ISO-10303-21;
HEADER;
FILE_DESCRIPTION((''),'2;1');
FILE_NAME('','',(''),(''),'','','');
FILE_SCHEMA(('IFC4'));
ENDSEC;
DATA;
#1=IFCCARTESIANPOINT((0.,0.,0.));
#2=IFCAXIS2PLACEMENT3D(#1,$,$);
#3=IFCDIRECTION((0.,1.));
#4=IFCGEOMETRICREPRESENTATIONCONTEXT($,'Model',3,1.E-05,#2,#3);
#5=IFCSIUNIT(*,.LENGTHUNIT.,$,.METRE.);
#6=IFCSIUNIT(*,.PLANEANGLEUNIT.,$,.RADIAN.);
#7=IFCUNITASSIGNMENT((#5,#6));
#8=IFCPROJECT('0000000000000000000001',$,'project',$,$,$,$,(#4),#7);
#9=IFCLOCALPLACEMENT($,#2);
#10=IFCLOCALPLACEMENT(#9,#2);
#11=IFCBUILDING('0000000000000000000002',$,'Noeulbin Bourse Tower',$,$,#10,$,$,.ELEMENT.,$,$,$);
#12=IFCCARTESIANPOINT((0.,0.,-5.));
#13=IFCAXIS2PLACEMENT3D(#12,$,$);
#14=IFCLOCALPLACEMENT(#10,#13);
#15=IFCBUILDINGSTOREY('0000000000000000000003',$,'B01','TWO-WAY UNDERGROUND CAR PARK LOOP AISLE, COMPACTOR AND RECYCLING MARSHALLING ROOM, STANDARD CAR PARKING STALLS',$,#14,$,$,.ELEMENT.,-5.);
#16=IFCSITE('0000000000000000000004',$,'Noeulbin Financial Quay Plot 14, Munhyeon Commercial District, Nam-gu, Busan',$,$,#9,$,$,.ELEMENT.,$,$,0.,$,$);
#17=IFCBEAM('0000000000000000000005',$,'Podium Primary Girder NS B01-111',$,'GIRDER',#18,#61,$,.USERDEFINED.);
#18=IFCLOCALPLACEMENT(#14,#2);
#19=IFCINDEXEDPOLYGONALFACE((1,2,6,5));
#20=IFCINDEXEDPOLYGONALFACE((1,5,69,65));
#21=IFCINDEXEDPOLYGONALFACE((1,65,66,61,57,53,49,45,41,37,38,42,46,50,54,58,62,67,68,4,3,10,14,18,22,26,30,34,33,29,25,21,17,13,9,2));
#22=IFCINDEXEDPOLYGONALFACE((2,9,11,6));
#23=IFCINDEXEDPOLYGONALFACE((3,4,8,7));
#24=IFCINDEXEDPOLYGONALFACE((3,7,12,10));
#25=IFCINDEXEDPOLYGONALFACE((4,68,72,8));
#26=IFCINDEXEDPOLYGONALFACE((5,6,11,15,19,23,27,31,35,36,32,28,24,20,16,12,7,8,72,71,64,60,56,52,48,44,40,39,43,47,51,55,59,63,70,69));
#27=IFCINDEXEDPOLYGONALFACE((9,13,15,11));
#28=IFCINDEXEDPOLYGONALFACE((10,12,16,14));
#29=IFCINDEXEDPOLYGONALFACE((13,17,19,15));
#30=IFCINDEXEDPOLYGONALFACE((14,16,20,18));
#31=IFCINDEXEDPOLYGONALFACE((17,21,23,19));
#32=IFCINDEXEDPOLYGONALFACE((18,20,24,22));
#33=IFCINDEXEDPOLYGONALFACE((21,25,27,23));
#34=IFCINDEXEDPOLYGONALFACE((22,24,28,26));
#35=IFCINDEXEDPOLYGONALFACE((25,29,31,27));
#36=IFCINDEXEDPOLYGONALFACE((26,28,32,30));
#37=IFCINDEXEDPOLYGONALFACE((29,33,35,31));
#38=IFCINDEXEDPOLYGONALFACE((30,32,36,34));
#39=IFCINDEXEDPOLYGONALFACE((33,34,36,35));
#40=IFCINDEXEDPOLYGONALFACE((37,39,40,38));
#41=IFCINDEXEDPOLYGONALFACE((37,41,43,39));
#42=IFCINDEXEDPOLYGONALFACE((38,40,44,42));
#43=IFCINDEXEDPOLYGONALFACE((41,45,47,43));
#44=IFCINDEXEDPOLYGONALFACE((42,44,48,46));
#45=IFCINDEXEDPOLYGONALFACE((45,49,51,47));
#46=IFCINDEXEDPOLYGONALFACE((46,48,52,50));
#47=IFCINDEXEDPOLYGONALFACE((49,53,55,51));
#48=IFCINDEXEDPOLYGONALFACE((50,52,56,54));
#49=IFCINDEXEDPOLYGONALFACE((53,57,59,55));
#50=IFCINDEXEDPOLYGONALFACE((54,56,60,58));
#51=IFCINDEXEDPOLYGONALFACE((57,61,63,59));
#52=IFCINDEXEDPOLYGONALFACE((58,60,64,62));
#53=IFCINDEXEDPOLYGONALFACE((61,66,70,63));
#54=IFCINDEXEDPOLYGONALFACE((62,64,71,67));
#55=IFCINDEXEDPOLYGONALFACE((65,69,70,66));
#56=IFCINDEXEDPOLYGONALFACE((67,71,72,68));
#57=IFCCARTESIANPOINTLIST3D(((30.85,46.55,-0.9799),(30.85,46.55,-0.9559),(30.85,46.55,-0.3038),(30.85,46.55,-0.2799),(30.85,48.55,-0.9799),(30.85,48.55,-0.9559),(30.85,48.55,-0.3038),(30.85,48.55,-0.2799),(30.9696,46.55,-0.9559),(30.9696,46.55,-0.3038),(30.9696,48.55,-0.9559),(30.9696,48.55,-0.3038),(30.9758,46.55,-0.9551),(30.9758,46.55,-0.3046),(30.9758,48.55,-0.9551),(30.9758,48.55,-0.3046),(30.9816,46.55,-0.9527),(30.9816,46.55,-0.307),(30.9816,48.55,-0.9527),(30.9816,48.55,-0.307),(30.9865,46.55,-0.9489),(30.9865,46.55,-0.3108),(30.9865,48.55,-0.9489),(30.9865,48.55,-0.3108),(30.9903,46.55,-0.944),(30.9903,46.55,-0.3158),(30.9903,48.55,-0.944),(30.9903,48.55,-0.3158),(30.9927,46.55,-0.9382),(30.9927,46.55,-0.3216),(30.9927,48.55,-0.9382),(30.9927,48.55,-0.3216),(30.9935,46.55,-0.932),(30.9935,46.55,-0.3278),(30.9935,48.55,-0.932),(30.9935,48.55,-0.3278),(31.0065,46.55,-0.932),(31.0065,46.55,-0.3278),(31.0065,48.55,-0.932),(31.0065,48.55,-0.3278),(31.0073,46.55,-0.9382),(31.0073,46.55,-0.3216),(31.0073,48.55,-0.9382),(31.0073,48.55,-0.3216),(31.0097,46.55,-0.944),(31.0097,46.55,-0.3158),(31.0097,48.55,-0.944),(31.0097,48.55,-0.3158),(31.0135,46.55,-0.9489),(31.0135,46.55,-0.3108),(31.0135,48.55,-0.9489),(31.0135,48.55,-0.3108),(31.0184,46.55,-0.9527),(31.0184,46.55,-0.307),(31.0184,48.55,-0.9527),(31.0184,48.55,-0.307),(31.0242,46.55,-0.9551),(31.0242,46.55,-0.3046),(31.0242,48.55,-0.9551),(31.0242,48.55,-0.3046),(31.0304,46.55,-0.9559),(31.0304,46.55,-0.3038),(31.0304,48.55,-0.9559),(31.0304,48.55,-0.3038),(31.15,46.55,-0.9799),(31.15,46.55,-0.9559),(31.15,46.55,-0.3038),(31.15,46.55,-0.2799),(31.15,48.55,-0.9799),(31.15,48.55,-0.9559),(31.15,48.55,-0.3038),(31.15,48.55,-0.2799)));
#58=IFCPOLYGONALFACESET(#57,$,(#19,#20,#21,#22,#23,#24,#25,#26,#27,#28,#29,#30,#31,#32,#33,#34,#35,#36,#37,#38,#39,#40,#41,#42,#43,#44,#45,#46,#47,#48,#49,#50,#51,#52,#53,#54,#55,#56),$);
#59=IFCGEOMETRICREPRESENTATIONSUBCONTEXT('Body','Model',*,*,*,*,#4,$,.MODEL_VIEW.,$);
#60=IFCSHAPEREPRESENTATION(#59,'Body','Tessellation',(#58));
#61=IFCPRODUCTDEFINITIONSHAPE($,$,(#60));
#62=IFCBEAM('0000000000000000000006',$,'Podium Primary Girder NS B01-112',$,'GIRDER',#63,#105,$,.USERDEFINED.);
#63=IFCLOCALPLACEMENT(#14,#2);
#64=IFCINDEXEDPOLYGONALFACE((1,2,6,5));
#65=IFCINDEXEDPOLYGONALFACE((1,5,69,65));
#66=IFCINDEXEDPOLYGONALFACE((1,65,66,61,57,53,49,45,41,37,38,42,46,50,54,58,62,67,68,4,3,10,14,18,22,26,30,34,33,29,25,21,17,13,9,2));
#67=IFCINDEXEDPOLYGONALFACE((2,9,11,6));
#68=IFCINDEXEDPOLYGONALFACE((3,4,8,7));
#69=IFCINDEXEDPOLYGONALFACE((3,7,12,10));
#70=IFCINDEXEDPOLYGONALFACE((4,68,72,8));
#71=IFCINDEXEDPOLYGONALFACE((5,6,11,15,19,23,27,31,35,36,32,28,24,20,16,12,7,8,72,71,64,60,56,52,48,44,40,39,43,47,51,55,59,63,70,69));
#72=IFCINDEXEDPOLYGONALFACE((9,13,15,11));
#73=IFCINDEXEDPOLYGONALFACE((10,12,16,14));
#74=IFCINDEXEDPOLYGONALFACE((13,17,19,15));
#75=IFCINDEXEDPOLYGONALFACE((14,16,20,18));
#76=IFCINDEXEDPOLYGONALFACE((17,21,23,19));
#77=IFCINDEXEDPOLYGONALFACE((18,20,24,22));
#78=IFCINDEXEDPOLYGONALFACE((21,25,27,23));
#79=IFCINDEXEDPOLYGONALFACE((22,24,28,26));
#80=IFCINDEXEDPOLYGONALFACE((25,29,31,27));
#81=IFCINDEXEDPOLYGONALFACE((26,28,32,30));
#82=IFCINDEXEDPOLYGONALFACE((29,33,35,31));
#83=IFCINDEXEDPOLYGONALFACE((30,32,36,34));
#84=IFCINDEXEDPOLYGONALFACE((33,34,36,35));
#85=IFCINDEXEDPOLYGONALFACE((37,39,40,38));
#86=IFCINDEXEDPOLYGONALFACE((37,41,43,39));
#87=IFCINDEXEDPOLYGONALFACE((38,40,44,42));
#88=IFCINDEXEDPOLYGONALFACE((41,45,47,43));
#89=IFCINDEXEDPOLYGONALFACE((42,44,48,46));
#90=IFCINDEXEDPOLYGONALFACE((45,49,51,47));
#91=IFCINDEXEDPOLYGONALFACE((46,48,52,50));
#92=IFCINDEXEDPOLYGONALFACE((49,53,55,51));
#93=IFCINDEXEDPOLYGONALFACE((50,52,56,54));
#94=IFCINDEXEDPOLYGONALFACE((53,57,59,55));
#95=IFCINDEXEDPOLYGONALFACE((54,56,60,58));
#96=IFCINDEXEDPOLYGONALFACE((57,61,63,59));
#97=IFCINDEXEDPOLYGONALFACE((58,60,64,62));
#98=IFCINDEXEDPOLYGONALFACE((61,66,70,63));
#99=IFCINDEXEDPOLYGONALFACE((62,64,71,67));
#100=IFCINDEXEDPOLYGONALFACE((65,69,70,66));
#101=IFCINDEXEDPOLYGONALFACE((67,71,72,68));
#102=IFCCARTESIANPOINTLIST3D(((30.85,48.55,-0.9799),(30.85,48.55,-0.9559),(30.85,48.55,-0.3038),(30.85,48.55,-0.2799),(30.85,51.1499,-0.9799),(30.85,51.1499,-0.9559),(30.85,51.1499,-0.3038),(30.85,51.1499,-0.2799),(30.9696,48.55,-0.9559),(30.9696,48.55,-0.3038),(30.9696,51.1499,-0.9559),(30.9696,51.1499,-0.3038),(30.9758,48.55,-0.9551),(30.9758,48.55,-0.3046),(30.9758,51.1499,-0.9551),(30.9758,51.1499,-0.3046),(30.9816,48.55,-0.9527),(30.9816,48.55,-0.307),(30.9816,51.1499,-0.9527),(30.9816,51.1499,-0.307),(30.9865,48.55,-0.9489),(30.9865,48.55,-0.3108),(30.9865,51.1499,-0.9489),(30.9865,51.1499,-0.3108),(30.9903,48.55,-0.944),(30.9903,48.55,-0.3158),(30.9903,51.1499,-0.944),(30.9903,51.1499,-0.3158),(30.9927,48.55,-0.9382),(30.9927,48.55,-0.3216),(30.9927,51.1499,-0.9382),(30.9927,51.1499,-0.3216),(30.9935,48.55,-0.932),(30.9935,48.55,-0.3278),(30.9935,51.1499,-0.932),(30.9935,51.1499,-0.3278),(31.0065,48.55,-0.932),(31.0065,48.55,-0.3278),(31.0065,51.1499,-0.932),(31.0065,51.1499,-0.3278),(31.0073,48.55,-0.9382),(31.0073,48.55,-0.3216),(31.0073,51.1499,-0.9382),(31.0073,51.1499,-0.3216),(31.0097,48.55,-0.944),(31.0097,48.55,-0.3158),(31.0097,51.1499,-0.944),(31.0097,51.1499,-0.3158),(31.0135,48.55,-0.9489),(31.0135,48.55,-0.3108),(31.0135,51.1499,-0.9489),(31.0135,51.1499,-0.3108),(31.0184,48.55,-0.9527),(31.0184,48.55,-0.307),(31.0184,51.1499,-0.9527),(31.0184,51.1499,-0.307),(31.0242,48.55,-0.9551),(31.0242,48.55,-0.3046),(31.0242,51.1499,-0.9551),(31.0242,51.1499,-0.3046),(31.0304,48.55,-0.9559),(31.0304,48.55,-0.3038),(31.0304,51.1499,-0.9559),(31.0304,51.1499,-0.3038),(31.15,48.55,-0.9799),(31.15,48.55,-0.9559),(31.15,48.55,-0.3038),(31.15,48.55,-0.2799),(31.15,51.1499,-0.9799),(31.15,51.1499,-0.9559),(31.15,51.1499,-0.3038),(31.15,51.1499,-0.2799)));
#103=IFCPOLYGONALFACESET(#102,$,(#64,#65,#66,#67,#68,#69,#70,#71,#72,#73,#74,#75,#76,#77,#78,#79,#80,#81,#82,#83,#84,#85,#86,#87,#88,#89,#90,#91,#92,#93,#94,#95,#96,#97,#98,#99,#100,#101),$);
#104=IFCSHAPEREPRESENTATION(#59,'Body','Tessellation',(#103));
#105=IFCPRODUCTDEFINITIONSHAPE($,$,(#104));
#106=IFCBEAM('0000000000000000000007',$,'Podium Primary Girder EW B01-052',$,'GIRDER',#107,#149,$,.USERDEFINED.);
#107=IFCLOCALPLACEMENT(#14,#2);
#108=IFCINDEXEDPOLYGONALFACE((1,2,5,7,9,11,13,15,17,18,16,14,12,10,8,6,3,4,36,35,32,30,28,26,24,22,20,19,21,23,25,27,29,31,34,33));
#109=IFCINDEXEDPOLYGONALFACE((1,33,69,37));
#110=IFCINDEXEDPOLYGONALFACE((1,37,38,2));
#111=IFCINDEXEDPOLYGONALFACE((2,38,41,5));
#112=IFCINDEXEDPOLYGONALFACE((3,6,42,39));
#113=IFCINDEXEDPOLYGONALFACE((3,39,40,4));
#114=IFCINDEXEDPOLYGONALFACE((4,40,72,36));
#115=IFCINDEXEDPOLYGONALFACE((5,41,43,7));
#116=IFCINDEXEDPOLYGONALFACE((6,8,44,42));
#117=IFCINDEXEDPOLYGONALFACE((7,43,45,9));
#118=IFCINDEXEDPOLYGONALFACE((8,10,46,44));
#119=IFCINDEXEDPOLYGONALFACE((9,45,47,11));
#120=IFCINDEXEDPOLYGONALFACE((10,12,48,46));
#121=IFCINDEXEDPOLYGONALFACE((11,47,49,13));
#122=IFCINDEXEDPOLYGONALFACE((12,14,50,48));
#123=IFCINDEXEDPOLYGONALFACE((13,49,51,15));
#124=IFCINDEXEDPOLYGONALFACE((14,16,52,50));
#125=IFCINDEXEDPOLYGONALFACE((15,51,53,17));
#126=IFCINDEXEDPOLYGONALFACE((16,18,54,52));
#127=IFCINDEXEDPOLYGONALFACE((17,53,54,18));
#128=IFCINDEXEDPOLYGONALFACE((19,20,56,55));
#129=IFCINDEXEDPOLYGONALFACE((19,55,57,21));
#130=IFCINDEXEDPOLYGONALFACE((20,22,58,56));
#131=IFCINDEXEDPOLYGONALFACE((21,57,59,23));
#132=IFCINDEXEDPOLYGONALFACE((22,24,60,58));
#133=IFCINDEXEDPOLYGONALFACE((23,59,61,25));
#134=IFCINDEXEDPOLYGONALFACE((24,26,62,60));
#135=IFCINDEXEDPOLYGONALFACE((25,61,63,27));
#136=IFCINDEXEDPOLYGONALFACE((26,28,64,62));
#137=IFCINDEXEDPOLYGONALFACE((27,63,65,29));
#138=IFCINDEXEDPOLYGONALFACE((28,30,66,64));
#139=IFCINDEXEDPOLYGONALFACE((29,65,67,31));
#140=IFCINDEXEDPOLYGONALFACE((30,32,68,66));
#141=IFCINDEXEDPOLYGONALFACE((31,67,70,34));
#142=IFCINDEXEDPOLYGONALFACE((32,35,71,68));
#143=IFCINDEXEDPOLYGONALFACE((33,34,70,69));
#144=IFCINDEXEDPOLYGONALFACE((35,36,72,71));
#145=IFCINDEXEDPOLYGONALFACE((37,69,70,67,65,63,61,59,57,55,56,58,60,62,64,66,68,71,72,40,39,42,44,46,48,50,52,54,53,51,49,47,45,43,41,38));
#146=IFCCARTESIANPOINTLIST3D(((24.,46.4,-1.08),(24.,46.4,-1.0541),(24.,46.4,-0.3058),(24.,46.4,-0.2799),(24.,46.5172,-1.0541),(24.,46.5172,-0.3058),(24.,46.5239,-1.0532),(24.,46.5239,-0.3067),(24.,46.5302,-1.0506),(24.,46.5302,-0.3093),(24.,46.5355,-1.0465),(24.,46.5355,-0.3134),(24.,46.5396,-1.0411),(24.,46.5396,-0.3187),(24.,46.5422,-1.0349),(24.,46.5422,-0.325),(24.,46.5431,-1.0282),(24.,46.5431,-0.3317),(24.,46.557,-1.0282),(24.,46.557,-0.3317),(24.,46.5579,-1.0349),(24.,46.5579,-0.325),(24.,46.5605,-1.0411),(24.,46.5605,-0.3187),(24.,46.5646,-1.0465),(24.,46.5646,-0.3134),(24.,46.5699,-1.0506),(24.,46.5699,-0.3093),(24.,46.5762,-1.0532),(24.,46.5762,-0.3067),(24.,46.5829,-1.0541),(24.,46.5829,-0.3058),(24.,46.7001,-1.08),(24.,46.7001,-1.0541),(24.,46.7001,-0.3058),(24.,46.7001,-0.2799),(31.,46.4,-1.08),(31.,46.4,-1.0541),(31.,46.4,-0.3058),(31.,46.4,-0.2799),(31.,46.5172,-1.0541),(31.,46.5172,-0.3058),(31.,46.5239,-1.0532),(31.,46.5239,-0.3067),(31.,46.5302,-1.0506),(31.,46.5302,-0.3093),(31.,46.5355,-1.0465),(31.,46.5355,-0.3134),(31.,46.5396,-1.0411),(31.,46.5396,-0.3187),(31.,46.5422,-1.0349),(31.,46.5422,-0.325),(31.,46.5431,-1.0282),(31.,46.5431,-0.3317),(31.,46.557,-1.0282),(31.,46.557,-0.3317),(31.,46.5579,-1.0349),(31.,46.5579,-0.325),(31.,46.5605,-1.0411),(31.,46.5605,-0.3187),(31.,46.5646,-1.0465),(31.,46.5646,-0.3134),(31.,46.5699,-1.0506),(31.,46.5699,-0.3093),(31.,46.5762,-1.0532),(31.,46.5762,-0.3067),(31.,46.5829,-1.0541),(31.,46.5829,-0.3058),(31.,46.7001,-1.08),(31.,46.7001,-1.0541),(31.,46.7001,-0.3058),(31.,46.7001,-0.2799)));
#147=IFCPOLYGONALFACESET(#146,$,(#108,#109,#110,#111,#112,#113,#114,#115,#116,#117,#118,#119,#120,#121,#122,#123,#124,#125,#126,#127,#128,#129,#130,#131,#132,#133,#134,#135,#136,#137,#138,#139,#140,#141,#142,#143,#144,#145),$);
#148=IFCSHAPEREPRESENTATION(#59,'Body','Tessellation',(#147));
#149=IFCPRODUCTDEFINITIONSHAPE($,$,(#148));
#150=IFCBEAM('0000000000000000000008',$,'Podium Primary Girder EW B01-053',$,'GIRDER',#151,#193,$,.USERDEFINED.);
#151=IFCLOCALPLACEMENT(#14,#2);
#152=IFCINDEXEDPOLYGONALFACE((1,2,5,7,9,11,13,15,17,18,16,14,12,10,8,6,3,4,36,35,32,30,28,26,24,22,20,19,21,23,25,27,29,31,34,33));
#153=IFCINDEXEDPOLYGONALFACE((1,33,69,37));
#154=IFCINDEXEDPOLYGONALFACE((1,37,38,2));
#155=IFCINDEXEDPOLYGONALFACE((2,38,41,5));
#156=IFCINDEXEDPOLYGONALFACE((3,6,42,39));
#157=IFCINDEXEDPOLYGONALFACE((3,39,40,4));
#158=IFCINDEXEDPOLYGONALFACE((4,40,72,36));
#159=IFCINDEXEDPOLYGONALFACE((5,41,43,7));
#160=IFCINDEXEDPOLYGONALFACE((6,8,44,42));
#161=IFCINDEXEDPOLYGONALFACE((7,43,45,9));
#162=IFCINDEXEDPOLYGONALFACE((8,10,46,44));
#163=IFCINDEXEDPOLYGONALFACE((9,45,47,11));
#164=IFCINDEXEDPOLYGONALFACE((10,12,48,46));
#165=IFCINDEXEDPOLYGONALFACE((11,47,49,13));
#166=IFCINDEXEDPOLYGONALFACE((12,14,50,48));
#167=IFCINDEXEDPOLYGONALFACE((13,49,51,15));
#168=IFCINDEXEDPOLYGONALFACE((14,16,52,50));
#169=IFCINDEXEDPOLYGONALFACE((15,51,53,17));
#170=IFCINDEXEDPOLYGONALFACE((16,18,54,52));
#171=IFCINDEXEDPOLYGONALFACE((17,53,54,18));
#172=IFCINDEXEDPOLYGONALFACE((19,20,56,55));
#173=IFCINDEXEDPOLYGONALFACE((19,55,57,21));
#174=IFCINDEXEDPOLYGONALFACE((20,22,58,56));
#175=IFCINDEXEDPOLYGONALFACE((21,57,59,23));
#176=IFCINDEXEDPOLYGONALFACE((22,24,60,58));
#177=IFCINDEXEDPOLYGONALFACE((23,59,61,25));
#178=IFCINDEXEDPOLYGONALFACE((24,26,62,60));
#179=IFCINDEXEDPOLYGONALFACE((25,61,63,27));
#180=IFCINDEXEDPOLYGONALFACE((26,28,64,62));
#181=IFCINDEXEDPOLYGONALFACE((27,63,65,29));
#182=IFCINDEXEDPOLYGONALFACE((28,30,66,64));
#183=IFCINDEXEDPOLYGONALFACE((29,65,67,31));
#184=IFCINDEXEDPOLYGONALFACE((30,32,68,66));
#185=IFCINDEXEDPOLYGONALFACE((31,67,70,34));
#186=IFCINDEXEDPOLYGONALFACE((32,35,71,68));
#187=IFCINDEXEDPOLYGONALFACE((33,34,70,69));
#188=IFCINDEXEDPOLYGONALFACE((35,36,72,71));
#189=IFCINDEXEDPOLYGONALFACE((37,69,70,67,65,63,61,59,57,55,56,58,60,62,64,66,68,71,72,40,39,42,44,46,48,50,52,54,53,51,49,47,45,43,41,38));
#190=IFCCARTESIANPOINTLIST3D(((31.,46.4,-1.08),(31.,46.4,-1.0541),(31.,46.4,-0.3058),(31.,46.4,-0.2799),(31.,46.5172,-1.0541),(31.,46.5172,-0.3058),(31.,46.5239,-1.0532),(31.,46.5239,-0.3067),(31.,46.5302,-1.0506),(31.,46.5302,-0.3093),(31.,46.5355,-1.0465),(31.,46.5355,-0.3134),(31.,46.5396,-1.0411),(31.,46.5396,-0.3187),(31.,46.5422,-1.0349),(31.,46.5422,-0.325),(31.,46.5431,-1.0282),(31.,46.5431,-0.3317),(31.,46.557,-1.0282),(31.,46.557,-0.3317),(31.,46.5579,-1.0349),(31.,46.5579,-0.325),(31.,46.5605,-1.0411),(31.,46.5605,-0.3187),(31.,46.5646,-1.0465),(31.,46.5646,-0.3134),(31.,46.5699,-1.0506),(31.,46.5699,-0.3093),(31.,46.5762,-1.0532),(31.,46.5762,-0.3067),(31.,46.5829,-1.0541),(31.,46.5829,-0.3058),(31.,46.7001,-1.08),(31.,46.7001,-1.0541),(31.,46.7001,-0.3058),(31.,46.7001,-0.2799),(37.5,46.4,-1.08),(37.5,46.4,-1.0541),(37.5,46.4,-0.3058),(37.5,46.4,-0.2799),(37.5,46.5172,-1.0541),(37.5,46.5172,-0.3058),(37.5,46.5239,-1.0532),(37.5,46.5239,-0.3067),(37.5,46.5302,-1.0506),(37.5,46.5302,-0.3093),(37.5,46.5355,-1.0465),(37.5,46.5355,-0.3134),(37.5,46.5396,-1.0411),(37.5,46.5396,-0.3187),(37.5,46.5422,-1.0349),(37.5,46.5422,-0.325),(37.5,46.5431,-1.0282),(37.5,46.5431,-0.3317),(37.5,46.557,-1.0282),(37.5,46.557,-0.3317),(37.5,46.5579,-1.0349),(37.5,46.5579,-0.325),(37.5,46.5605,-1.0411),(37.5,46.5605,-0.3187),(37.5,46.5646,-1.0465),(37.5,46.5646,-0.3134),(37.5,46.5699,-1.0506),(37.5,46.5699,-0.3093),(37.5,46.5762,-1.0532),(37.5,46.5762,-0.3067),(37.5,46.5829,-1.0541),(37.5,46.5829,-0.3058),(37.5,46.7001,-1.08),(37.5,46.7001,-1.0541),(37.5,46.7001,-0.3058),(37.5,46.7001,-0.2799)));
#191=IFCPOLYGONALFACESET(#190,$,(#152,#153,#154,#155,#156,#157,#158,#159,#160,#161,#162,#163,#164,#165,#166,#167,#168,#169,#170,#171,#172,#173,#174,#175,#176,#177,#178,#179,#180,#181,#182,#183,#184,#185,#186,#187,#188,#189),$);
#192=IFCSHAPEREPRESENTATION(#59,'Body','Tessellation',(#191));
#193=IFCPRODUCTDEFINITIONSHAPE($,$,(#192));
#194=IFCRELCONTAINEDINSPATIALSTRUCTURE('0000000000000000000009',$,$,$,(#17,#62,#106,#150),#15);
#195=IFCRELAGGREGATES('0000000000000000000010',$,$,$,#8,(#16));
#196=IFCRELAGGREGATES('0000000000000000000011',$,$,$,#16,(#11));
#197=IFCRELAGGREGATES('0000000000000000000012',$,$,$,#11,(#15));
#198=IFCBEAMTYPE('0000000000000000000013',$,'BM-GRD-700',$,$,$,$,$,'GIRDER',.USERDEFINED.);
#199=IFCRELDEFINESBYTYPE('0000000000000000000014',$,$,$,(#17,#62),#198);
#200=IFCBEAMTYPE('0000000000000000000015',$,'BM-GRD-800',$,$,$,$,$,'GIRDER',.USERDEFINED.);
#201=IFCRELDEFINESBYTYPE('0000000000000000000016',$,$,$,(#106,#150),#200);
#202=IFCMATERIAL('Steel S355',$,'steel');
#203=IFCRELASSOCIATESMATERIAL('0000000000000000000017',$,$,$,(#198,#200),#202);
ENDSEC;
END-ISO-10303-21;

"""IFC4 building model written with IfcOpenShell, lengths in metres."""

from ifc_helpers import new_model, si_unit, direction, frame, origin, origin_2d, place, context, subcontext, project, spatial, i_section, extrude, material, material_profile, profile_set, type_object, element, save


model = new_model("IFC4")

# Units and contexts
model_context = context("Model", 3, precision=1e-05, world=origin(), true_north=direction((0.0, 1.0)))
body_context = subcontext(model_context, "Body", "Model", "MODEL_VIEW")
ifc_project = project(units=[si_unit("LENGTHUNIT", "METRE"), si_unit("PLANEANGLEUNIT", "RADIAN")], contexts=[model_context])

# Site, building, storey
site_placement = place(None, origin())
site = spatial("IfcSite", under=ifc_project, at=site_placement, Name="Noeulbin Financial Quay Plot 14, Munhyeon Commercial District, Nam-gu, Busan", CompositionType="ELEMENT", RefElevation=0.0)
building_placement = place(site_placement, origin())
building = spatial("IfcBuilding", under=site, at=building_placement, Name="Noeulbin Bourse Tower", CompositionType="ELEMENT")
storey_placement = place(building_placement, frame((0.0, 0.0, -5.0)))
storey = spatial("IfcBuildingStorey", under=building, at=storey_placement, Name="B01", Description="TWO-WAY UNDERGROUND CAR PARK LOOP AISLE, COMPACTOR AND RECYCLING MARSHALLING ROOM, STANDARD CAR PARKING STALLS", CompositionType="ELEMENT", Elevation=-5.0)

# Beams
ifc_material_1 = material(Name="Steel S355", Category="steel")
ifc_material_profile_1 = material_profile(ifc_material_1, i_section(OverallWidth=0.3, OverallDepth=0.7, WebThickness=0.0129, FlangeThickness=0.0239, FilletRadius=0.0239, at=origin_2d()), Name="H-700x300x13x24", Category="LoadBearing")
ifc_profile_set_1 = profile_set([ifc_material_profile_1], Name="Steel S355")
beam_type_1 = type_object("IfcBeamType", Name="BM-GRD-700", ElementType="GIRDER", PredefinedType="USERDEFINED", material=ifc_profile_set_1)
beam_1_placement = place(storey_placement, frame((31.0, 46.55, -0.6299), z_axis=(0.0, 1.0, 0.0), x_axis=(-1.0, 0.0, 0.0)))
element("IfcBeam", 1, at=beam_1_placement, inside=storey, type_object=beam_type_1, Name="Podium Primary Girder NS B01-111", ObjectType="GIRDER", PredefinedType="USERDEFINED", context=body_context, shape_type="SweptSolid", body=[
    extrude(i_section(OverallWidth=0.3, OverallDepth=0.7, WebThickness=0.0129, FlangeThickness=0.0239, FilletRadius=0.0239, at=origin_2d()), origin(), (0.0, 0.0, 1.0), 2.0),
])
beam_2_placement = place(storey_placement, frame((31.0, 48.55, -0.6299), z_axis=(0.0, 1.0, 0.0), x_axis=(-1.0, 0.0, 0.0)))
element("IfcBeam", 2, at=beam_2_placement, inside=storey, type_object=beam_type_1, Name="Podium Primary Girder NS B01-112", ObjectType="GIRDER", PredefinedType="USERDEFINED", context=body_context, shape_type="SweptSolid", body=[
    extrude(i_section(OverallWidth=0.3, OverallDepth=0.7, WebThickness=0.0129, FlangeThickness=0.0239, FilletRadius=0.0239, at=origin_2d()), origin(), (0.0, 0.0, 1.0), 2.5999),
])
ifc_material_profile_2 = material_profile(ifc_material_1, i_section(OverallWidth=0.3, OverallDepth=0.8, WebThickness=0.0139, FlangeThickness=0.0259, FilletRadius=0.0259, at=origin_2d()), Name="H-800x300x14x26", Category="LoadBearing")
ifc_profile_set_2 = profile_set([ifc_material_profile_2], Name="Steel S355")
beam_type_2 = type_object("IfcBeamType", Name="BM-GRD-800", ElementType="GIRDER", PredefinedType="USERDEFINED", material=ifc_profile_set_2)
beam_3_placement = place(storey_placement, frame((24.0, 46.55, -0.6799), z_axis=(1.0, 0.0, 0.0), x_axis=(0.0, 1.0, 0.0)))
element("IfcBeam", 3, at=beam_3_placement, inside=storey, type_object=beam_type_2, Name="Podium Primary Girder EW B01-052", ObjectType="GIRDER", PredefinedType="USERDEFINED", context=body_context, shape_type="SweptSolid", body=[
    extrude(i_section(OverallWidth=0.3, OverallDepth=0.8, WebThickness=0.0139, FlangeThickness=0.0259, FilletRadius=0.0259, at=origin_2d()), origin(), (0.0, 0.0, 1.0), 7.0),
])
beam_4_placement = place(storey_placement, frame((31.0, 46.55, -0.6799), z_axis=(1.0, 0.0, 0.0), x_axis=(0.0, 1.0, 0.0)))
element("IfcBeam", 4, at=beam_4_placement, inside=storey, type_object=beam_type_2, Name="Podium Primary Girder EW B01-053", ObjectType="GIRDER", PredefinedType="USERDEFINED", context=body_context, shape_type="SweptSolid", body=[
    extrude(i_section(OverallWidth=0.3, OverallDepth=0.8, WebThickness=0.0139, FlangeThickness=0.0259, FilletRadius=0.0259, at=origin_2d()), origin(), (0.0, 0.0, 1.0), 6.5),
])

save(model, "model.ifc")
